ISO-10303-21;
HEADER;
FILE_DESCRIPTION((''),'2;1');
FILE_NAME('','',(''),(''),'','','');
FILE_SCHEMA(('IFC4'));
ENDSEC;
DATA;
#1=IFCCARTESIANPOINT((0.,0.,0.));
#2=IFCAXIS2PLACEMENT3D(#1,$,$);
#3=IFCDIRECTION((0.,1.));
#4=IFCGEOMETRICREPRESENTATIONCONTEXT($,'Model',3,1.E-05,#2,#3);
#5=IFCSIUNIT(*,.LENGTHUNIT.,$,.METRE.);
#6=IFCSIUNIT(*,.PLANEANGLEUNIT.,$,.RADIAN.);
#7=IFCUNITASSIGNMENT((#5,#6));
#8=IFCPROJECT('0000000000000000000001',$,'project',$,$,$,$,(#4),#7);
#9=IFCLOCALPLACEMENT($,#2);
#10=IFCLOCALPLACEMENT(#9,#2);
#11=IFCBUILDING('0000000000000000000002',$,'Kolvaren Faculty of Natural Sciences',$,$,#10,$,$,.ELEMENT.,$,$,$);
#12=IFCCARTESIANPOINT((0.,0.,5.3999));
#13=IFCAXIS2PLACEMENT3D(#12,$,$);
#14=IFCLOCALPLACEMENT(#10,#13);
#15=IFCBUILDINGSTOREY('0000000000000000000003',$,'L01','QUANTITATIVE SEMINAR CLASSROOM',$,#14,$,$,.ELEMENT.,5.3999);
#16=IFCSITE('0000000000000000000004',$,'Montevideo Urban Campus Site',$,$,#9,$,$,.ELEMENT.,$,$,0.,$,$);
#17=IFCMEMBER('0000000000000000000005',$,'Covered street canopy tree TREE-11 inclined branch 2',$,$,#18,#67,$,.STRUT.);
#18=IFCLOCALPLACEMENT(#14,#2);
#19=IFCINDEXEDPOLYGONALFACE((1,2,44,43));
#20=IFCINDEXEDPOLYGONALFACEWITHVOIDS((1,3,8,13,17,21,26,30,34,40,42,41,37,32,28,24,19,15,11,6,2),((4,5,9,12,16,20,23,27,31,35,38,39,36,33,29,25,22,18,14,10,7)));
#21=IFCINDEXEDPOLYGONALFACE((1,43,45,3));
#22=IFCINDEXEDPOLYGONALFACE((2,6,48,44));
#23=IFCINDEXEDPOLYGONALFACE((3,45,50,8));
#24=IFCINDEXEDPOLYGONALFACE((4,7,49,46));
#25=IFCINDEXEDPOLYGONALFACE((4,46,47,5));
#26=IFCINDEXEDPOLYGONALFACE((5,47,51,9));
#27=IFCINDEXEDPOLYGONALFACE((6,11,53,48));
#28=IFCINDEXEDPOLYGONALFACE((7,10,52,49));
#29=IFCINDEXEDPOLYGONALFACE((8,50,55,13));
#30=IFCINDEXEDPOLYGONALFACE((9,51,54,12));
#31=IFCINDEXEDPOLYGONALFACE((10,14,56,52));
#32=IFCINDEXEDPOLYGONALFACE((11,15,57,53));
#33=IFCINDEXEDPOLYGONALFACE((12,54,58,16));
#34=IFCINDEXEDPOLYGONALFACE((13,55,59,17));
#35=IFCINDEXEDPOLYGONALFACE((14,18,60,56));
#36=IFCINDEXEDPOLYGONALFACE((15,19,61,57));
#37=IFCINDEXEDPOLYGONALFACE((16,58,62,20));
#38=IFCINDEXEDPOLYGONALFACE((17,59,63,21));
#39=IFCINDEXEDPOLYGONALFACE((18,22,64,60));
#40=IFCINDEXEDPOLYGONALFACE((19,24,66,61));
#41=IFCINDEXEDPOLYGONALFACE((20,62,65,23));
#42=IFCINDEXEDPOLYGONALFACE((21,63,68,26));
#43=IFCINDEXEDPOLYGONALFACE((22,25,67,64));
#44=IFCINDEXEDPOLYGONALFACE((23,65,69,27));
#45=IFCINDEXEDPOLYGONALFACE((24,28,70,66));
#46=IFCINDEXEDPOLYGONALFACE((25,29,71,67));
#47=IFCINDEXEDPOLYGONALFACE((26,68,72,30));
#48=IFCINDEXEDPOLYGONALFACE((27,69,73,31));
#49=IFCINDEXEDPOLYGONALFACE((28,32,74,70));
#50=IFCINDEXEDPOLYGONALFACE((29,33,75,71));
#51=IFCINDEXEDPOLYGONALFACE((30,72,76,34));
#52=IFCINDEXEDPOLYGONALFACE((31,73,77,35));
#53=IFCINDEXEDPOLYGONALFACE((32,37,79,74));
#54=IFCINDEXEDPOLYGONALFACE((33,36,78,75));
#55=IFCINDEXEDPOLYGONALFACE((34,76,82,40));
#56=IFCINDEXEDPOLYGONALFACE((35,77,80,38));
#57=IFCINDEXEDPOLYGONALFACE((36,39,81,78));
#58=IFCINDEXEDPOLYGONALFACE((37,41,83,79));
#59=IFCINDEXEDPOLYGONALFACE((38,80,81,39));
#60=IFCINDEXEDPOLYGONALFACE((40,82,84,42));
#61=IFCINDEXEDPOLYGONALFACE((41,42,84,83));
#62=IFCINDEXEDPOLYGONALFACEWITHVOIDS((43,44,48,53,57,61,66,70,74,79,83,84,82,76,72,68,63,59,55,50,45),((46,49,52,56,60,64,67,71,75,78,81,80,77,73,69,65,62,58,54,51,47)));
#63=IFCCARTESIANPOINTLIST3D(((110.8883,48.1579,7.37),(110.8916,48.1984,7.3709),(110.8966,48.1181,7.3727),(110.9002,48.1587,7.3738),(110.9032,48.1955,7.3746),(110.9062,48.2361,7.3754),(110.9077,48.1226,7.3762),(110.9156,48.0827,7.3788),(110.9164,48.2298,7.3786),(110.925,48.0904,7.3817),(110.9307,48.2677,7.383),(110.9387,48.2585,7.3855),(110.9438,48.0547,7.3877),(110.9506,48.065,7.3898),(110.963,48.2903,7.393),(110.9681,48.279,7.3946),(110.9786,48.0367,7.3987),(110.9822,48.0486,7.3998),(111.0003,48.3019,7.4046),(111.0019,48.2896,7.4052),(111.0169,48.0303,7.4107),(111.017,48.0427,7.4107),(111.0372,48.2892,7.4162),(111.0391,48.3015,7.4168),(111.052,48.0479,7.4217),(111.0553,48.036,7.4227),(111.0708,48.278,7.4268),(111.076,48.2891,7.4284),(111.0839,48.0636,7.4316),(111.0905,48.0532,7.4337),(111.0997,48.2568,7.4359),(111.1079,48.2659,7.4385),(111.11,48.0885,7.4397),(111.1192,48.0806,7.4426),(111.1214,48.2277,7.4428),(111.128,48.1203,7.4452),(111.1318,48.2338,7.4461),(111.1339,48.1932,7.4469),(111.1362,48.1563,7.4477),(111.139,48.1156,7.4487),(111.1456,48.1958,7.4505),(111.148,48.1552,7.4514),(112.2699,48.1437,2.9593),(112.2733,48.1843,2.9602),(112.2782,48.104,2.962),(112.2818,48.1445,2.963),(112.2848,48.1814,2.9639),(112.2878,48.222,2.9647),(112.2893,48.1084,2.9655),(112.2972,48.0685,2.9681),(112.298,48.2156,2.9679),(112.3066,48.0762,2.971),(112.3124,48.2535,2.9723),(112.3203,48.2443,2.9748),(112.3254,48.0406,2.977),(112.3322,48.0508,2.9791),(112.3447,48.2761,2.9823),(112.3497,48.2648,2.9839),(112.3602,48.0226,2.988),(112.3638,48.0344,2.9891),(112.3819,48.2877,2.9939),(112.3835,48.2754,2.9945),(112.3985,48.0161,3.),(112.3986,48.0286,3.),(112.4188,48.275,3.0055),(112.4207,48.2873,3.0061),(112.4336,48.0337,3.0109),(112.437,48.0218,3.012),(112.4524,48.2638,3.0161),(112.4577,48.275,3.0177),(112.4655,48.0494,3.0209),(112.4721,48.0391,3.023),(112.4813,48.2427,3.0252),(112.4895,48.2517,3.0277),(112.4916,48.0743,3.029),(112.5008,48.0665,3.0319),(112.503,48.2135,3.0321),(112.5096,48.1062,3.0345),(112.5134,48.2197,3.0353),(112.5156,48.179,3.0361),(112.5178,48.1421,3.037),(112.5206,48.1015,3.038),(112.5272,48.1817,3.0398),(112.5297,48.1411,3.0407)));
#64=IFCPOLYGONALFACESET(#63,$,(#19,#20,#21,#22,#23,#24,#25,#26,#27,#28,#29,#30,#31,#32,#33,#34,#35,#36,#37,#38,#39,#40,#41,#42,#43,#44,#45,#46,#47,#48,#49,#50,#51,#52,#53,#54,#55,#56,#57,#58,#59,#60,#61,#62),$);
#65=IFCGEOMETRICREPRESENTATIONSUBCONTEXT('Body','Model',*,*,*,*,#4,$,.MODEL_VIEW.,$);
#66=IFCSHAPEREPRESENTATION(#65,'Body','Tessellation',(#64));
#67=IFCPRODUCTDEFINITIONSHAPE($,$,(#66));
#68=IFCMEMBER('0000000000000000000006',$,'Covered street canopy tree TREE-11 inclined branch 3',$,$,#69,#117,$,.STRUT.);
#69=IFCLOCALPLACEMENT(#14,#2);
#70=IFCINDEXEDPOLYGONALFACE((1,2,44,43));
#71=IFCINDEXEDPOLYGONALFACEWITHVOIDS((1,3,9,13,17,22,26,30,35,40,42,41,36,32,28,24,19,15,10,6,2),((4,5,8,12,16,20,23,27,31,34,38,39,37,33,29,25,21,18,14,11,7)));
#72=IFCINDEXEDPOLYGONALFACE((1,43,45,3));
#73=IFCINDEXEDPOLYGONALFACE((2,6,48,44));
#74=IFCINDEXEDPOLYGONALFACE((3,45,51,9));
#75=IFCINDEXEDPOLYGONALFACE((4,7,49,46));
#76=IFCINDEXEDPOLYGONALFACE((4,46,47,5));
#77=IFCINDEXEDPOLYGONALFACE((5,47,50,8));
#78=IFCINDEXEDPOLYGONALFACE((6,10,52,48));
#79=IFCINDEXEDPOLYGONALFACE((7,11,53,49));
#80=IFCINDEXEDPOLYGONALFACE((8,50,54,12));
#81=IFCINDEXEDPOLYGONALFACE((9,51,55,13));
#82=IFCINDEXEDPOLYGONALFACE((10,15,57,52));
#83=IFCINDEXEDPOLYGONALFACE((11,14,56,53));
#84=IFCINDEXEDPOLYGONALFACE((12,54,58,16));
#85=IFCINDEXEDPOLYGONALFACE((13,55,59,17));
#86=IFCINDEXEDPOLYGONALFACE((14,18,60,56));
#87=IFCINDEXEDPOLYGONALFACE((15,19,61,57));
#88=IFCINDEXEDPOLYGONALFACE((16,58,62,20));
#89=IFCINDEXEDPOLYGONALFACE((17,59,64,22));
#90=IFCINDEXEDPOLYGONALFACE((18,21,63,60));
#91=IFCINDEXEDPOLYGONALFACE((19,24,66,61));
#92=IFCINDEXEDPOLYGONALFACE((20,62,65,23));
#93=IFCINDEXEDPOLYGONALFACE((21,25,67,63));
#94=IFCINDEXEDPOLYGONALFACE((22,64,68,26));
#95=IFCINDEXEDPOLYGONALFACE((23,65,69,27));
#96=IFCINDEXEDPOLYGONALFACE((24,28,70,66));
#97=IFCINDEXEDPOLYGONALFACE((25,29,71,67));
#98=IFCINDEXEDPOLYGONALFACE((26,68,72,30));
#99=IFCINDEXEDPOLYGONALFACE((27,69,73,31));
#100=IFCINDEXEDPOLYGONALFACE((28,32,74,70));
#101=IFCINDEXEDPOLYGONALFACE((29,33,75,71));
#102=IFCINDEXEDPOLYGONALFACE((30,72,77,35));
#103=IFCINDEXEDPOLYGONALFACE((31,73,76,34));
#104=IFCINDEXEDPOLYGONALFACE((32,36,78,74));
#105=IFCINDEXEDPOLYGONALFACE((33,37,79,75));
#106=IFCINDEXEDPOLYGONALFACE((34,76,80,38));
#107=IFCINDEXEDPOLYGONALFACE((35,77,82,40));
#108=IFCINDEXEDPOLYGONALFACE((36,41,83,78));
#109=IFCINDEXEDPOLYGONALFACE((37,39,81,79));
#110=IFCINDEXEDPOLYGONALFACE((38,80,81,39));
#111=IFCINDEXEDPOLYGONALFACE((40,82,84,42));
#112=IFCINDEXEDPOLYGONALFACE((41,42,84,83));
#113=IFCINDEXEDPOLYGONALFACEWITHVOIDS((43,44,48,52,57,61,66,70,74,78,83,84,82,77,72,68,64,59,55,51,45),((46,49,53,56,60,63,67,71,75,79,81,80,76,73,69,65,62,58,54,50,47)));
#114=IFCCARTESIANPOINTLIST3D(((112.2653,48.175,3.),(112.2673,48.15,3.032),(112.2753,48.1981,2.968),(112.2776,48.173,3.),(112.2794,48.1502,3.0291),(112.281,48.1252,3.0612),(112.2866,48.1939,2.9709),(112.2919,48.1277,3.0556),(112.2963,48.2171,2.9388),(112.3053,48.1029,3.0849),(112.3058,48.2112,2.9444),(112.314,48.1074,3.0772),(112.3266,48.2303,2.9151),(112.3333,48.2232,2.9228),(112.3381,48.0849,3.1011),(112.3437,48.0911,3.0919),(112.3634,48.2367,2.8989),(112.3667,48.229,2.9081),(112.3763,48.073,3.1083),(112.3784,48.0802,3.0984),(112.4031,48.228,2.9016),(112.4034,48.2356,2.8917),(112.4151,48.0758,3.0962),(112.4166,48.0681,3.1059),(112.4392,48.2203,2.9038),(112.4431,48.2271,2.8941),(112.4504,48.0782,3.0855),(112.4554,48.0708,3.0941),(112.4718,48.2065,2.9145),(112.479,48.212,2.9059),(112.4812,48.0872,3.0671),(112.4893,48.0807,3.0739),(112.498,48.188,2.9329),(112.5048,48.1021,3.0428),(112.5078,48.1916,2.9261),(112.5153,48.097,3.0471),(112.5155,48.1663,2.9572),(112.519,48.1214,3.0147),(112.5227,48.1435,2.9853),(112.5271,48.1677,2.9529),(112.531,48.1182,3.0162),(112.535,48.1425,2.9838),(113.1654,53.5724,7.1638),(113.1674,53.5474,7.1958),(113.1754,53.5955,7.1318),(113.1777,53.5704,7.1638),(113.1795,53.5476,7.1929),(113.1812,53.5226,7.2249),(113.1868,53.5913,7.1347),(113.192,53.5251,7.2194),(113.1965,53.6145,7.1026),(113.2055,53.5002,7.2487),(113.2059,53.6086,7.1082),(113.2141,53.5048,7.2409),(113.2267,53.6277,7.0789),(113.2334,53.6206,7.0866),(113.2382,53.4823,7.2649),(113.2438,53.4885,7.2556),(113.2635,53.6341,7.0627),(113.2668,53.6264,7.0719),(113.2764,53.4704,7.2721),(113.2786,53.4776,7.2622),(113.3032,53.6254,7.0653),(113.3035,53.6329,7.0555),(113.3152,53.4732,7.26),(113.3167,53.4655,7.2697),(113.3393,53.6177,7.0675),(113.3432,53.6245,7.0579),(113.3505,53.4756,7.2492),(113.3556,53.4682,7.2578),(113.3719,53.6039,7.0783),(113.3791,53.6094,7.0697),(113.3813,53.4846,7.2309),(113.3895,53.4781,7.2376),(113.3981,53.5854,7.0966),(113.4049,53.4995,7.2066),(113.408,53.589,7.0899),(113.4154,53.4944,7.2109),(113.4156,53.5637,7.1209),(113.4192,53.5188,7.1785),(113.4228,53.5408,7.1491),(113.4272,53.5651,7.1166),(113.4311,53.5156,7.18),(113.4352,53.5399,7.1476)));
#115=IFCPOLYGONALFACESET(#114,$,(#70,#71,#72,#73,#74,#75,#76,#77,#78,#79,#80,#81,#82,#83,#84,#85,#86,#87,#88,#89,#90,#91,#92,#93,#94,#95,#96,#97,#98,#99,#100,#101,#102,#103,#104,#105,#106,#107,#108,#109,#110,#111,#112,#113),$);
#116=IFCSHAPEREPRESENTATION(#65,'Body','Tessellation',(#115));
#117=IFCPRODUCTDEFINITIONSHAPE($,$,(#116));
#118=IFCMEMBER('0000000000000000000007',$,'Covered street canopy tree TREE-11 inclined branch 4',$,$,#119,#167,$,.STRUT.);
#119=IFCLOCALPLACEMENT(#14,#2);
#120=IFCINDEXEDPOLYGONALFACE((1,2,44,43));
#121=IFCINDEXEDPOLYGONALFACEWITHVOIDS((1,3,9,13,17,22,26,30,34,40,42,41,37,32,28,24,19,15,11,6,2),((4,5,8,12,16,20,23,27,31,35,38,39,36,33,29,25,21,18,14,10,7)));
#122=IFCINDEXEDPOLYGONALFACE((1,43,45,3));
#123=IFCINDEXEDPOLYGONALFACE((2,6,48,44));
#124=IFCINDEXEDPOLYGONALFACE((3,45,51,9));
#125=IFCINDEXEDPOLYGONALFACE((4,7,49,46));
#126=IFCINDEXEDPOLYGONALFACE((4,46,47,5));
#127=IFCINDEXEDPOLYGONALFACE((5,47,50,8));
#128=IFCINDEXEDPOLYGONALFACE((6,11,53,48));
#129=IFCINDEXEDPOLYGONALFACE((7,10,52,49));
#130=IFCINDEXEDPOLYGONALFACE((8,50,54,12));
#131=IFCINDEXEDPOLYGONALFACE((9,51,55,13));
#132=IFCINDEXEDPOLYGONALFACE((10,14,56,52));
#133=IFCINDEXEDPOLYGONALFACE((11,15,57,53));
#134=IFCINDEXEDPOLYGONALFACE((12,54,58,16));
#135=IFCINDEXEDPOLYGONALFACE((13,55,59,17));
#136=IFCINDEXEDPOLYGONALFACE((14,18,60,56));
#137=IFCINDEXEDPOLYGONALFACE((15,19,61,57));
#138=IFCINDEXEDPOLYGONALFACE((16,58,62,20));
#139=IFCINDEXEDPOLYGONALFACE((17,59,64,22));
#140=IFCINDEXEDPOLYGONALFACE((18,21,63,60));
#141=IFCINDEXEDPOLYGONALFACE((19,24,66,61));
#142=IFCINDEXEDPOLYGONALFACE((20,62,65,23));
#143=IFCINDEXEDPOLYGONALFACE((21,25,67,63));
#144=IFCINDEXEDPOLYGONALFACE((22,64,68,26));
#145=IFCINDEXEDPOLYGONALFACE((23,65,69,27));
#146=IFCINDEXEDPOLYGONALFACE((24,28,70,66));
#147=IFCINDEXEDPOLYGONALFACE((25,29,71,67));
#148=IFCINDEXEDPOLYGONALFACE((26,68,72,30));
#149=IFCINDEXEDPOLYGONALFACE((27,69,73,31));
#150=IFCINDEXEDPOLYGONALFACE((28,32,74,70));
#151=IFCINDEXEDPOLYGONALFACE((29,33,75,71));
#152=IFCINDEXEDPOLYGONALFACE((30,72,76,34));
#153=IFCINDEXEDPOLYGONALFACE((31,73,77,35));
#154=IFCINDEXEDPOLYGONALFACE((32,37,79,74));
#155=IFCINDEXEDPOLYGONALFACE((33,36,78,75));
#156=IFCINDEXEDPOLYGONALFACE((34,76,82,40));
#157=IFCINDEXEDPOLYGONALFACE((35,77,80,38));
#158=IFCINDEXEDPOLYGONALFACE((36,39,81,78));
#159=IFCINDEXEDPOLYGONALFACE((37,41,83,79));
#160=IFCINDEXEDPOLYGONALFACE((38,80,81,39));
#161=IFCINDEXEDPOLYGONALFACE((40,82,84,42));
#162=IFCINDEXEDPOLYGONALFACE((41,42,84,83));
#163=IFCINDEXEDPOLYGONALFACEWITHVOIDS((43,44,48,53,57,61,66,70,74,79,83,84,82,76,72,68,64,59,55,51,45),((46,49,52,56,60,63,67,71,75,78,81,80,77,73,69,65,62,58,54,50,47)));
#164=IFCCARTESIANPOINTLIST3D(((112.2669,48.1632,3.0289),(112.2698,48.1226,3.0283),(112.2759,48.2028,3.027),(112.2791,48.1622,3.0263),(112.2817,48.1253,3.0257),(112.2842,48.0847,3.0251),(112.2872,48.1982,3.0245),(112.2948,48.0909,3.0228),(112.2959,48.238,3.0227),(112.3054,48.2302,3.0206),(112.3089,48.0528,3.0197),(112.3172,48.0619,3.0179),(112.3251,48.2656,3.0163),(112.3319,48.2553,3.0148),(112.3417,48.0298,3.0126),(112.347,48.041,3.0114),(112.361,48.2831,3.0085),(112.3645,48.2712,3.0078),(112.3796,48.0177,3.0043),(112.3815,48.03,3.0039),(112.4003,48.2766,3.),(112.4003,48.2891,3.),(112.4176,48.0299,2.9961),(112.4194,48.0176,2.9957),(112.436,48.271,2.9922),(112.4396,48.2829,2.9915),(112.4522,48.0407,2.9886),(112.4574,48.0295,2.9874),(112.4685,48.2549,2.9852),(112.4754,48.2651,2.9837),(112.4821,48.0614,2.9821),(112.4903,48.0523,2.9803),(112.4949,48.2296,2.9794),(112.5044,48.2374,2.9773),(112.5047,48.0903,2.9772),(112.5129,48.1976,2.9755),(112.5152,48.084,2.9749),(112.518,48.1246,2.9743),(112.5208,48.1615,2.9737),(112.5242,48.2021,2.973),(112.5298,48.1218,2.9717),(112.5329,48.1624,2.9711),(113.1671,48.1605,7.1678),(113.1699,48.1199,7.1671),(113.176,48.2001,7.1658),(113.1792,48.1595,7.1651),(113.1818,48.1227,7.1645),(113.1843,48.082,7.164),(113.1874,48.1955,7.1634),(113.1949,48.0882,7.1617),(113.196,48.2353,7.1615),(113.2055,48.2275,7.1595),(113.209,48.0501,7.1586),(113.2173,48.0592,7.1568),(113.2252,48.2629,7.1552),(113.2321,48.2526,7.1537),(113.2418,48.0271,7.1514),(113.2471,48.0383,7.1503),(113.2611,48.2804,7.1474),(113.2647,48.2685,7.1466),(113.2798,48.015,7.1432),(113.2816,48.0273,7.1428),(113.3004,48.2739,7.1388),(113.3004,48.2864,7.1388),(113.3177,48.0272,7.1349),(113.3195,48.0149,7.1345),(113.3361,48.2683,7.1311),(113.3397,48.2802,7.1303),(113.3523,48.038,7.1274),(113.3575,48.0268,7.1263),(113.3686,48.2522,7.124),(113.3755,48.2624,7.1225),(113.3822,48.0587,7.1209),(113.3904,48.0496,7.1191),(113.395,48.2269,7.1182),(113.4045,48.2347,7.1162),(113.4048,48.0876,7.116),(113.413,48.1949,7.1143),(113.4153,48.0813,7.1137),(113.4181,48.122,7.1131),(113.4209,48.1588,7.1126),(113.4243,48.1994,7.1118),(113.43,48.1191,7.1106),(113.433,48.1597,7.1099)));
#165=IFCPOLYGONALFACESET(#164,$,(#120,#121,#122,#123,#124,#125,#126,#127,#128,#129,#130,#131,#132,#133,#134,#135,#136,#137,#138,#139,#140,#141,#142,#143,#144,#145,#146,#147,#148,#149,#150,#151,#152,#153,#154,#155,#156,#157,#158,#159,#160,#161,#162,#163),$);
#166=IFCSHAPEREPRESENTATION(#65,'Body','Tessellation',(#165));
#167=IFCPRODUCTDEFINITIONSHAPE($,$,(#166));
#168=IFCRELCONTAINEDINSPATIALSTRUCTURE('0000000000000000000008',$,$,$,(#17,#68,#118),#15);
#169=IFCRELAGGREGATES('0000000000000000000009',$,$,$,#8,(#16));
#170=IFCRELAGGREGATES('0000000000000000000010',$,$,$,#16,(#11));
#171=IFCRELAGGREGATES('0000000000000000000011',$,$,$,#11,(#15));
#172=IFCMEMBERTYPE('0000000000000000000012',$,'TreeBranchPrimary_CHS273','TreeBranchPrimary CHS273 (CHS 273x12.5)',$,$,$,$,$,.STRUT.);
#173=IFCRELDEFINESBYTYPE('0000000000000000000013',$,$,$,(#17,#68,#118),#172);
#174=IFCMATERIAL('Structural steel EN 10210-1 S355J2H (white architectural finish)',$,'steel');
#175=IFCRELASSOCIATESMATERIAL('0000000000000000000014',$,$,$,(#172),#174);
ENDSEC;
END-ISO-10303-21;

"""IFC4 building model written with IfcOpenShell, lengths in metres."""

from ifc_helpers import new_model, si_unit, direction, frame, origin, origin_2d, place, context, subcontext, project, spatial, hollow_circle, extrude, material, material_profile, profile_set, type_object, element, save


model = new_model("IFC4")

# Units and contexts
model_context = context("Model", 3, precision=1e-05, world=origin(), true_north=direction((0.0, 1.0)))
body_context = subcontext(model_context, "Body", "Model", "MODEL_VIEW")
ifc_project = project(units=[si_unit("LENGTHUNIT", "METRE"), si_unit("PLANEANGLEUNIT", "RADIAN")], contexts=[model_context])

# Site, building, storey
site_placement = place(None, origin())
site = spatial("IfcSite", under=ifc_project, at=site_placement, Name="Montevideo Urban Campus Site", CompositionType="ELEMENT", RefElevation=0.0)
building_placement = place(site_placement, origin())
building = spatial("IfcBuilding", under=site, at=building_placement, Name="Kolvaren Faculty of Natural Sciences", CompositionType="ELEMENT")
storey_placement = place(building_placement, frame((0.0, 0.0, 5.3999)))
storey = spatial("IfcBuildingStorey", under=building, at=storey_placement, Name="L01", Description="QUANTITATIVE SEMINAR CLASSROOM", CompositionType="ELEMENT", Elevation=5.3999)

# Members
ifc_material_1 = material(Name="Structural steel EN 10210-1 S355J2H (white architectural finish)", Category="steel")
ifc_material_profile_1 = material_profile(ifc_material_1, hollow_circle(Radius=0.1365, WallThickness=0.0125, at=origin_2d()), Name="CHS 273x12.5")
ifc_profile_set_1 = profile_set([ifc_material_profile_1], Name="Structural steel EN 10210-1 S355J2H (white architectural finish)")
member_type = type_object("IfcMemberType", Name="TreeBranchPrimary_CHS273", Description="TreeBranchPrimary CHS273 (CHS 273x12.5)", PredefinedType="STRUT", material=ifc_profile_set_1)
member_1_placement = place(storey_placement, frame((112.3999, 48.1526, 3.0), z_axis=(-0.298917, 0.003064, 0.954274), x_axis=(-0.010249, -0.999947, 0.0)))
element("IfcMember", 1, at=member_1_placement, inside=storey, type_object=member_type, Name="Covered street canopy tree TREE-11 inclined branch 2", PredefinedType="STRUT", context=body_context, shape_type="SweptSolid", body=[
    extrude(hollow_circle(Radius=0.1365, WallThickness=0.0125, at=origin_2d()), origin(), (0.0, 0.0, 1.0), 4.6221),
])
member_2_placement = place(storey_placement, frame((112.3999, 48.1526, 3.0), z_axis=(0.13091, 0.784964, 0.605553), x_axis=(-0.986377, 0.1645, 0.0)))
element("IfcMember", 2, at=member_2_placement, inside=storey, type_object=member_type, Name="Covered street canopy tree TREE-11 inclined branch 3", PredefinedType="STRUT", context=body_context, shape_type="SweptSolid", body=[
    extrude(hollow_circle(Radius=0.1365, WallThickness=0.0125, at=origin_2d()), origin(), (0.0, 0.0, 1.0), 6.876),
])
member_3_placement = place(storey_placement, frame((112.3999, 48.1526, 3.0), z_axis=(0.212516, -0.000634, 0.977157), x_axis=(0.002983, 0.999996, 0.0)))
element("IfcMember", 3, at=member_3_placement, inside=storey, type_object=member_type, Name="Covered street canopy tree TREE-11 inclined branch 4", PredefinedType="STRUT", context=body_context, shape_type="SweptSolid", body=[
    extrude(hollow_circle(Radius=0.1365, WallThickness=0.0125, at=origin_2d()), origin(), (0.0, 0.0, 1.0), 4.2356),
])

save(model, "model.ifc")
